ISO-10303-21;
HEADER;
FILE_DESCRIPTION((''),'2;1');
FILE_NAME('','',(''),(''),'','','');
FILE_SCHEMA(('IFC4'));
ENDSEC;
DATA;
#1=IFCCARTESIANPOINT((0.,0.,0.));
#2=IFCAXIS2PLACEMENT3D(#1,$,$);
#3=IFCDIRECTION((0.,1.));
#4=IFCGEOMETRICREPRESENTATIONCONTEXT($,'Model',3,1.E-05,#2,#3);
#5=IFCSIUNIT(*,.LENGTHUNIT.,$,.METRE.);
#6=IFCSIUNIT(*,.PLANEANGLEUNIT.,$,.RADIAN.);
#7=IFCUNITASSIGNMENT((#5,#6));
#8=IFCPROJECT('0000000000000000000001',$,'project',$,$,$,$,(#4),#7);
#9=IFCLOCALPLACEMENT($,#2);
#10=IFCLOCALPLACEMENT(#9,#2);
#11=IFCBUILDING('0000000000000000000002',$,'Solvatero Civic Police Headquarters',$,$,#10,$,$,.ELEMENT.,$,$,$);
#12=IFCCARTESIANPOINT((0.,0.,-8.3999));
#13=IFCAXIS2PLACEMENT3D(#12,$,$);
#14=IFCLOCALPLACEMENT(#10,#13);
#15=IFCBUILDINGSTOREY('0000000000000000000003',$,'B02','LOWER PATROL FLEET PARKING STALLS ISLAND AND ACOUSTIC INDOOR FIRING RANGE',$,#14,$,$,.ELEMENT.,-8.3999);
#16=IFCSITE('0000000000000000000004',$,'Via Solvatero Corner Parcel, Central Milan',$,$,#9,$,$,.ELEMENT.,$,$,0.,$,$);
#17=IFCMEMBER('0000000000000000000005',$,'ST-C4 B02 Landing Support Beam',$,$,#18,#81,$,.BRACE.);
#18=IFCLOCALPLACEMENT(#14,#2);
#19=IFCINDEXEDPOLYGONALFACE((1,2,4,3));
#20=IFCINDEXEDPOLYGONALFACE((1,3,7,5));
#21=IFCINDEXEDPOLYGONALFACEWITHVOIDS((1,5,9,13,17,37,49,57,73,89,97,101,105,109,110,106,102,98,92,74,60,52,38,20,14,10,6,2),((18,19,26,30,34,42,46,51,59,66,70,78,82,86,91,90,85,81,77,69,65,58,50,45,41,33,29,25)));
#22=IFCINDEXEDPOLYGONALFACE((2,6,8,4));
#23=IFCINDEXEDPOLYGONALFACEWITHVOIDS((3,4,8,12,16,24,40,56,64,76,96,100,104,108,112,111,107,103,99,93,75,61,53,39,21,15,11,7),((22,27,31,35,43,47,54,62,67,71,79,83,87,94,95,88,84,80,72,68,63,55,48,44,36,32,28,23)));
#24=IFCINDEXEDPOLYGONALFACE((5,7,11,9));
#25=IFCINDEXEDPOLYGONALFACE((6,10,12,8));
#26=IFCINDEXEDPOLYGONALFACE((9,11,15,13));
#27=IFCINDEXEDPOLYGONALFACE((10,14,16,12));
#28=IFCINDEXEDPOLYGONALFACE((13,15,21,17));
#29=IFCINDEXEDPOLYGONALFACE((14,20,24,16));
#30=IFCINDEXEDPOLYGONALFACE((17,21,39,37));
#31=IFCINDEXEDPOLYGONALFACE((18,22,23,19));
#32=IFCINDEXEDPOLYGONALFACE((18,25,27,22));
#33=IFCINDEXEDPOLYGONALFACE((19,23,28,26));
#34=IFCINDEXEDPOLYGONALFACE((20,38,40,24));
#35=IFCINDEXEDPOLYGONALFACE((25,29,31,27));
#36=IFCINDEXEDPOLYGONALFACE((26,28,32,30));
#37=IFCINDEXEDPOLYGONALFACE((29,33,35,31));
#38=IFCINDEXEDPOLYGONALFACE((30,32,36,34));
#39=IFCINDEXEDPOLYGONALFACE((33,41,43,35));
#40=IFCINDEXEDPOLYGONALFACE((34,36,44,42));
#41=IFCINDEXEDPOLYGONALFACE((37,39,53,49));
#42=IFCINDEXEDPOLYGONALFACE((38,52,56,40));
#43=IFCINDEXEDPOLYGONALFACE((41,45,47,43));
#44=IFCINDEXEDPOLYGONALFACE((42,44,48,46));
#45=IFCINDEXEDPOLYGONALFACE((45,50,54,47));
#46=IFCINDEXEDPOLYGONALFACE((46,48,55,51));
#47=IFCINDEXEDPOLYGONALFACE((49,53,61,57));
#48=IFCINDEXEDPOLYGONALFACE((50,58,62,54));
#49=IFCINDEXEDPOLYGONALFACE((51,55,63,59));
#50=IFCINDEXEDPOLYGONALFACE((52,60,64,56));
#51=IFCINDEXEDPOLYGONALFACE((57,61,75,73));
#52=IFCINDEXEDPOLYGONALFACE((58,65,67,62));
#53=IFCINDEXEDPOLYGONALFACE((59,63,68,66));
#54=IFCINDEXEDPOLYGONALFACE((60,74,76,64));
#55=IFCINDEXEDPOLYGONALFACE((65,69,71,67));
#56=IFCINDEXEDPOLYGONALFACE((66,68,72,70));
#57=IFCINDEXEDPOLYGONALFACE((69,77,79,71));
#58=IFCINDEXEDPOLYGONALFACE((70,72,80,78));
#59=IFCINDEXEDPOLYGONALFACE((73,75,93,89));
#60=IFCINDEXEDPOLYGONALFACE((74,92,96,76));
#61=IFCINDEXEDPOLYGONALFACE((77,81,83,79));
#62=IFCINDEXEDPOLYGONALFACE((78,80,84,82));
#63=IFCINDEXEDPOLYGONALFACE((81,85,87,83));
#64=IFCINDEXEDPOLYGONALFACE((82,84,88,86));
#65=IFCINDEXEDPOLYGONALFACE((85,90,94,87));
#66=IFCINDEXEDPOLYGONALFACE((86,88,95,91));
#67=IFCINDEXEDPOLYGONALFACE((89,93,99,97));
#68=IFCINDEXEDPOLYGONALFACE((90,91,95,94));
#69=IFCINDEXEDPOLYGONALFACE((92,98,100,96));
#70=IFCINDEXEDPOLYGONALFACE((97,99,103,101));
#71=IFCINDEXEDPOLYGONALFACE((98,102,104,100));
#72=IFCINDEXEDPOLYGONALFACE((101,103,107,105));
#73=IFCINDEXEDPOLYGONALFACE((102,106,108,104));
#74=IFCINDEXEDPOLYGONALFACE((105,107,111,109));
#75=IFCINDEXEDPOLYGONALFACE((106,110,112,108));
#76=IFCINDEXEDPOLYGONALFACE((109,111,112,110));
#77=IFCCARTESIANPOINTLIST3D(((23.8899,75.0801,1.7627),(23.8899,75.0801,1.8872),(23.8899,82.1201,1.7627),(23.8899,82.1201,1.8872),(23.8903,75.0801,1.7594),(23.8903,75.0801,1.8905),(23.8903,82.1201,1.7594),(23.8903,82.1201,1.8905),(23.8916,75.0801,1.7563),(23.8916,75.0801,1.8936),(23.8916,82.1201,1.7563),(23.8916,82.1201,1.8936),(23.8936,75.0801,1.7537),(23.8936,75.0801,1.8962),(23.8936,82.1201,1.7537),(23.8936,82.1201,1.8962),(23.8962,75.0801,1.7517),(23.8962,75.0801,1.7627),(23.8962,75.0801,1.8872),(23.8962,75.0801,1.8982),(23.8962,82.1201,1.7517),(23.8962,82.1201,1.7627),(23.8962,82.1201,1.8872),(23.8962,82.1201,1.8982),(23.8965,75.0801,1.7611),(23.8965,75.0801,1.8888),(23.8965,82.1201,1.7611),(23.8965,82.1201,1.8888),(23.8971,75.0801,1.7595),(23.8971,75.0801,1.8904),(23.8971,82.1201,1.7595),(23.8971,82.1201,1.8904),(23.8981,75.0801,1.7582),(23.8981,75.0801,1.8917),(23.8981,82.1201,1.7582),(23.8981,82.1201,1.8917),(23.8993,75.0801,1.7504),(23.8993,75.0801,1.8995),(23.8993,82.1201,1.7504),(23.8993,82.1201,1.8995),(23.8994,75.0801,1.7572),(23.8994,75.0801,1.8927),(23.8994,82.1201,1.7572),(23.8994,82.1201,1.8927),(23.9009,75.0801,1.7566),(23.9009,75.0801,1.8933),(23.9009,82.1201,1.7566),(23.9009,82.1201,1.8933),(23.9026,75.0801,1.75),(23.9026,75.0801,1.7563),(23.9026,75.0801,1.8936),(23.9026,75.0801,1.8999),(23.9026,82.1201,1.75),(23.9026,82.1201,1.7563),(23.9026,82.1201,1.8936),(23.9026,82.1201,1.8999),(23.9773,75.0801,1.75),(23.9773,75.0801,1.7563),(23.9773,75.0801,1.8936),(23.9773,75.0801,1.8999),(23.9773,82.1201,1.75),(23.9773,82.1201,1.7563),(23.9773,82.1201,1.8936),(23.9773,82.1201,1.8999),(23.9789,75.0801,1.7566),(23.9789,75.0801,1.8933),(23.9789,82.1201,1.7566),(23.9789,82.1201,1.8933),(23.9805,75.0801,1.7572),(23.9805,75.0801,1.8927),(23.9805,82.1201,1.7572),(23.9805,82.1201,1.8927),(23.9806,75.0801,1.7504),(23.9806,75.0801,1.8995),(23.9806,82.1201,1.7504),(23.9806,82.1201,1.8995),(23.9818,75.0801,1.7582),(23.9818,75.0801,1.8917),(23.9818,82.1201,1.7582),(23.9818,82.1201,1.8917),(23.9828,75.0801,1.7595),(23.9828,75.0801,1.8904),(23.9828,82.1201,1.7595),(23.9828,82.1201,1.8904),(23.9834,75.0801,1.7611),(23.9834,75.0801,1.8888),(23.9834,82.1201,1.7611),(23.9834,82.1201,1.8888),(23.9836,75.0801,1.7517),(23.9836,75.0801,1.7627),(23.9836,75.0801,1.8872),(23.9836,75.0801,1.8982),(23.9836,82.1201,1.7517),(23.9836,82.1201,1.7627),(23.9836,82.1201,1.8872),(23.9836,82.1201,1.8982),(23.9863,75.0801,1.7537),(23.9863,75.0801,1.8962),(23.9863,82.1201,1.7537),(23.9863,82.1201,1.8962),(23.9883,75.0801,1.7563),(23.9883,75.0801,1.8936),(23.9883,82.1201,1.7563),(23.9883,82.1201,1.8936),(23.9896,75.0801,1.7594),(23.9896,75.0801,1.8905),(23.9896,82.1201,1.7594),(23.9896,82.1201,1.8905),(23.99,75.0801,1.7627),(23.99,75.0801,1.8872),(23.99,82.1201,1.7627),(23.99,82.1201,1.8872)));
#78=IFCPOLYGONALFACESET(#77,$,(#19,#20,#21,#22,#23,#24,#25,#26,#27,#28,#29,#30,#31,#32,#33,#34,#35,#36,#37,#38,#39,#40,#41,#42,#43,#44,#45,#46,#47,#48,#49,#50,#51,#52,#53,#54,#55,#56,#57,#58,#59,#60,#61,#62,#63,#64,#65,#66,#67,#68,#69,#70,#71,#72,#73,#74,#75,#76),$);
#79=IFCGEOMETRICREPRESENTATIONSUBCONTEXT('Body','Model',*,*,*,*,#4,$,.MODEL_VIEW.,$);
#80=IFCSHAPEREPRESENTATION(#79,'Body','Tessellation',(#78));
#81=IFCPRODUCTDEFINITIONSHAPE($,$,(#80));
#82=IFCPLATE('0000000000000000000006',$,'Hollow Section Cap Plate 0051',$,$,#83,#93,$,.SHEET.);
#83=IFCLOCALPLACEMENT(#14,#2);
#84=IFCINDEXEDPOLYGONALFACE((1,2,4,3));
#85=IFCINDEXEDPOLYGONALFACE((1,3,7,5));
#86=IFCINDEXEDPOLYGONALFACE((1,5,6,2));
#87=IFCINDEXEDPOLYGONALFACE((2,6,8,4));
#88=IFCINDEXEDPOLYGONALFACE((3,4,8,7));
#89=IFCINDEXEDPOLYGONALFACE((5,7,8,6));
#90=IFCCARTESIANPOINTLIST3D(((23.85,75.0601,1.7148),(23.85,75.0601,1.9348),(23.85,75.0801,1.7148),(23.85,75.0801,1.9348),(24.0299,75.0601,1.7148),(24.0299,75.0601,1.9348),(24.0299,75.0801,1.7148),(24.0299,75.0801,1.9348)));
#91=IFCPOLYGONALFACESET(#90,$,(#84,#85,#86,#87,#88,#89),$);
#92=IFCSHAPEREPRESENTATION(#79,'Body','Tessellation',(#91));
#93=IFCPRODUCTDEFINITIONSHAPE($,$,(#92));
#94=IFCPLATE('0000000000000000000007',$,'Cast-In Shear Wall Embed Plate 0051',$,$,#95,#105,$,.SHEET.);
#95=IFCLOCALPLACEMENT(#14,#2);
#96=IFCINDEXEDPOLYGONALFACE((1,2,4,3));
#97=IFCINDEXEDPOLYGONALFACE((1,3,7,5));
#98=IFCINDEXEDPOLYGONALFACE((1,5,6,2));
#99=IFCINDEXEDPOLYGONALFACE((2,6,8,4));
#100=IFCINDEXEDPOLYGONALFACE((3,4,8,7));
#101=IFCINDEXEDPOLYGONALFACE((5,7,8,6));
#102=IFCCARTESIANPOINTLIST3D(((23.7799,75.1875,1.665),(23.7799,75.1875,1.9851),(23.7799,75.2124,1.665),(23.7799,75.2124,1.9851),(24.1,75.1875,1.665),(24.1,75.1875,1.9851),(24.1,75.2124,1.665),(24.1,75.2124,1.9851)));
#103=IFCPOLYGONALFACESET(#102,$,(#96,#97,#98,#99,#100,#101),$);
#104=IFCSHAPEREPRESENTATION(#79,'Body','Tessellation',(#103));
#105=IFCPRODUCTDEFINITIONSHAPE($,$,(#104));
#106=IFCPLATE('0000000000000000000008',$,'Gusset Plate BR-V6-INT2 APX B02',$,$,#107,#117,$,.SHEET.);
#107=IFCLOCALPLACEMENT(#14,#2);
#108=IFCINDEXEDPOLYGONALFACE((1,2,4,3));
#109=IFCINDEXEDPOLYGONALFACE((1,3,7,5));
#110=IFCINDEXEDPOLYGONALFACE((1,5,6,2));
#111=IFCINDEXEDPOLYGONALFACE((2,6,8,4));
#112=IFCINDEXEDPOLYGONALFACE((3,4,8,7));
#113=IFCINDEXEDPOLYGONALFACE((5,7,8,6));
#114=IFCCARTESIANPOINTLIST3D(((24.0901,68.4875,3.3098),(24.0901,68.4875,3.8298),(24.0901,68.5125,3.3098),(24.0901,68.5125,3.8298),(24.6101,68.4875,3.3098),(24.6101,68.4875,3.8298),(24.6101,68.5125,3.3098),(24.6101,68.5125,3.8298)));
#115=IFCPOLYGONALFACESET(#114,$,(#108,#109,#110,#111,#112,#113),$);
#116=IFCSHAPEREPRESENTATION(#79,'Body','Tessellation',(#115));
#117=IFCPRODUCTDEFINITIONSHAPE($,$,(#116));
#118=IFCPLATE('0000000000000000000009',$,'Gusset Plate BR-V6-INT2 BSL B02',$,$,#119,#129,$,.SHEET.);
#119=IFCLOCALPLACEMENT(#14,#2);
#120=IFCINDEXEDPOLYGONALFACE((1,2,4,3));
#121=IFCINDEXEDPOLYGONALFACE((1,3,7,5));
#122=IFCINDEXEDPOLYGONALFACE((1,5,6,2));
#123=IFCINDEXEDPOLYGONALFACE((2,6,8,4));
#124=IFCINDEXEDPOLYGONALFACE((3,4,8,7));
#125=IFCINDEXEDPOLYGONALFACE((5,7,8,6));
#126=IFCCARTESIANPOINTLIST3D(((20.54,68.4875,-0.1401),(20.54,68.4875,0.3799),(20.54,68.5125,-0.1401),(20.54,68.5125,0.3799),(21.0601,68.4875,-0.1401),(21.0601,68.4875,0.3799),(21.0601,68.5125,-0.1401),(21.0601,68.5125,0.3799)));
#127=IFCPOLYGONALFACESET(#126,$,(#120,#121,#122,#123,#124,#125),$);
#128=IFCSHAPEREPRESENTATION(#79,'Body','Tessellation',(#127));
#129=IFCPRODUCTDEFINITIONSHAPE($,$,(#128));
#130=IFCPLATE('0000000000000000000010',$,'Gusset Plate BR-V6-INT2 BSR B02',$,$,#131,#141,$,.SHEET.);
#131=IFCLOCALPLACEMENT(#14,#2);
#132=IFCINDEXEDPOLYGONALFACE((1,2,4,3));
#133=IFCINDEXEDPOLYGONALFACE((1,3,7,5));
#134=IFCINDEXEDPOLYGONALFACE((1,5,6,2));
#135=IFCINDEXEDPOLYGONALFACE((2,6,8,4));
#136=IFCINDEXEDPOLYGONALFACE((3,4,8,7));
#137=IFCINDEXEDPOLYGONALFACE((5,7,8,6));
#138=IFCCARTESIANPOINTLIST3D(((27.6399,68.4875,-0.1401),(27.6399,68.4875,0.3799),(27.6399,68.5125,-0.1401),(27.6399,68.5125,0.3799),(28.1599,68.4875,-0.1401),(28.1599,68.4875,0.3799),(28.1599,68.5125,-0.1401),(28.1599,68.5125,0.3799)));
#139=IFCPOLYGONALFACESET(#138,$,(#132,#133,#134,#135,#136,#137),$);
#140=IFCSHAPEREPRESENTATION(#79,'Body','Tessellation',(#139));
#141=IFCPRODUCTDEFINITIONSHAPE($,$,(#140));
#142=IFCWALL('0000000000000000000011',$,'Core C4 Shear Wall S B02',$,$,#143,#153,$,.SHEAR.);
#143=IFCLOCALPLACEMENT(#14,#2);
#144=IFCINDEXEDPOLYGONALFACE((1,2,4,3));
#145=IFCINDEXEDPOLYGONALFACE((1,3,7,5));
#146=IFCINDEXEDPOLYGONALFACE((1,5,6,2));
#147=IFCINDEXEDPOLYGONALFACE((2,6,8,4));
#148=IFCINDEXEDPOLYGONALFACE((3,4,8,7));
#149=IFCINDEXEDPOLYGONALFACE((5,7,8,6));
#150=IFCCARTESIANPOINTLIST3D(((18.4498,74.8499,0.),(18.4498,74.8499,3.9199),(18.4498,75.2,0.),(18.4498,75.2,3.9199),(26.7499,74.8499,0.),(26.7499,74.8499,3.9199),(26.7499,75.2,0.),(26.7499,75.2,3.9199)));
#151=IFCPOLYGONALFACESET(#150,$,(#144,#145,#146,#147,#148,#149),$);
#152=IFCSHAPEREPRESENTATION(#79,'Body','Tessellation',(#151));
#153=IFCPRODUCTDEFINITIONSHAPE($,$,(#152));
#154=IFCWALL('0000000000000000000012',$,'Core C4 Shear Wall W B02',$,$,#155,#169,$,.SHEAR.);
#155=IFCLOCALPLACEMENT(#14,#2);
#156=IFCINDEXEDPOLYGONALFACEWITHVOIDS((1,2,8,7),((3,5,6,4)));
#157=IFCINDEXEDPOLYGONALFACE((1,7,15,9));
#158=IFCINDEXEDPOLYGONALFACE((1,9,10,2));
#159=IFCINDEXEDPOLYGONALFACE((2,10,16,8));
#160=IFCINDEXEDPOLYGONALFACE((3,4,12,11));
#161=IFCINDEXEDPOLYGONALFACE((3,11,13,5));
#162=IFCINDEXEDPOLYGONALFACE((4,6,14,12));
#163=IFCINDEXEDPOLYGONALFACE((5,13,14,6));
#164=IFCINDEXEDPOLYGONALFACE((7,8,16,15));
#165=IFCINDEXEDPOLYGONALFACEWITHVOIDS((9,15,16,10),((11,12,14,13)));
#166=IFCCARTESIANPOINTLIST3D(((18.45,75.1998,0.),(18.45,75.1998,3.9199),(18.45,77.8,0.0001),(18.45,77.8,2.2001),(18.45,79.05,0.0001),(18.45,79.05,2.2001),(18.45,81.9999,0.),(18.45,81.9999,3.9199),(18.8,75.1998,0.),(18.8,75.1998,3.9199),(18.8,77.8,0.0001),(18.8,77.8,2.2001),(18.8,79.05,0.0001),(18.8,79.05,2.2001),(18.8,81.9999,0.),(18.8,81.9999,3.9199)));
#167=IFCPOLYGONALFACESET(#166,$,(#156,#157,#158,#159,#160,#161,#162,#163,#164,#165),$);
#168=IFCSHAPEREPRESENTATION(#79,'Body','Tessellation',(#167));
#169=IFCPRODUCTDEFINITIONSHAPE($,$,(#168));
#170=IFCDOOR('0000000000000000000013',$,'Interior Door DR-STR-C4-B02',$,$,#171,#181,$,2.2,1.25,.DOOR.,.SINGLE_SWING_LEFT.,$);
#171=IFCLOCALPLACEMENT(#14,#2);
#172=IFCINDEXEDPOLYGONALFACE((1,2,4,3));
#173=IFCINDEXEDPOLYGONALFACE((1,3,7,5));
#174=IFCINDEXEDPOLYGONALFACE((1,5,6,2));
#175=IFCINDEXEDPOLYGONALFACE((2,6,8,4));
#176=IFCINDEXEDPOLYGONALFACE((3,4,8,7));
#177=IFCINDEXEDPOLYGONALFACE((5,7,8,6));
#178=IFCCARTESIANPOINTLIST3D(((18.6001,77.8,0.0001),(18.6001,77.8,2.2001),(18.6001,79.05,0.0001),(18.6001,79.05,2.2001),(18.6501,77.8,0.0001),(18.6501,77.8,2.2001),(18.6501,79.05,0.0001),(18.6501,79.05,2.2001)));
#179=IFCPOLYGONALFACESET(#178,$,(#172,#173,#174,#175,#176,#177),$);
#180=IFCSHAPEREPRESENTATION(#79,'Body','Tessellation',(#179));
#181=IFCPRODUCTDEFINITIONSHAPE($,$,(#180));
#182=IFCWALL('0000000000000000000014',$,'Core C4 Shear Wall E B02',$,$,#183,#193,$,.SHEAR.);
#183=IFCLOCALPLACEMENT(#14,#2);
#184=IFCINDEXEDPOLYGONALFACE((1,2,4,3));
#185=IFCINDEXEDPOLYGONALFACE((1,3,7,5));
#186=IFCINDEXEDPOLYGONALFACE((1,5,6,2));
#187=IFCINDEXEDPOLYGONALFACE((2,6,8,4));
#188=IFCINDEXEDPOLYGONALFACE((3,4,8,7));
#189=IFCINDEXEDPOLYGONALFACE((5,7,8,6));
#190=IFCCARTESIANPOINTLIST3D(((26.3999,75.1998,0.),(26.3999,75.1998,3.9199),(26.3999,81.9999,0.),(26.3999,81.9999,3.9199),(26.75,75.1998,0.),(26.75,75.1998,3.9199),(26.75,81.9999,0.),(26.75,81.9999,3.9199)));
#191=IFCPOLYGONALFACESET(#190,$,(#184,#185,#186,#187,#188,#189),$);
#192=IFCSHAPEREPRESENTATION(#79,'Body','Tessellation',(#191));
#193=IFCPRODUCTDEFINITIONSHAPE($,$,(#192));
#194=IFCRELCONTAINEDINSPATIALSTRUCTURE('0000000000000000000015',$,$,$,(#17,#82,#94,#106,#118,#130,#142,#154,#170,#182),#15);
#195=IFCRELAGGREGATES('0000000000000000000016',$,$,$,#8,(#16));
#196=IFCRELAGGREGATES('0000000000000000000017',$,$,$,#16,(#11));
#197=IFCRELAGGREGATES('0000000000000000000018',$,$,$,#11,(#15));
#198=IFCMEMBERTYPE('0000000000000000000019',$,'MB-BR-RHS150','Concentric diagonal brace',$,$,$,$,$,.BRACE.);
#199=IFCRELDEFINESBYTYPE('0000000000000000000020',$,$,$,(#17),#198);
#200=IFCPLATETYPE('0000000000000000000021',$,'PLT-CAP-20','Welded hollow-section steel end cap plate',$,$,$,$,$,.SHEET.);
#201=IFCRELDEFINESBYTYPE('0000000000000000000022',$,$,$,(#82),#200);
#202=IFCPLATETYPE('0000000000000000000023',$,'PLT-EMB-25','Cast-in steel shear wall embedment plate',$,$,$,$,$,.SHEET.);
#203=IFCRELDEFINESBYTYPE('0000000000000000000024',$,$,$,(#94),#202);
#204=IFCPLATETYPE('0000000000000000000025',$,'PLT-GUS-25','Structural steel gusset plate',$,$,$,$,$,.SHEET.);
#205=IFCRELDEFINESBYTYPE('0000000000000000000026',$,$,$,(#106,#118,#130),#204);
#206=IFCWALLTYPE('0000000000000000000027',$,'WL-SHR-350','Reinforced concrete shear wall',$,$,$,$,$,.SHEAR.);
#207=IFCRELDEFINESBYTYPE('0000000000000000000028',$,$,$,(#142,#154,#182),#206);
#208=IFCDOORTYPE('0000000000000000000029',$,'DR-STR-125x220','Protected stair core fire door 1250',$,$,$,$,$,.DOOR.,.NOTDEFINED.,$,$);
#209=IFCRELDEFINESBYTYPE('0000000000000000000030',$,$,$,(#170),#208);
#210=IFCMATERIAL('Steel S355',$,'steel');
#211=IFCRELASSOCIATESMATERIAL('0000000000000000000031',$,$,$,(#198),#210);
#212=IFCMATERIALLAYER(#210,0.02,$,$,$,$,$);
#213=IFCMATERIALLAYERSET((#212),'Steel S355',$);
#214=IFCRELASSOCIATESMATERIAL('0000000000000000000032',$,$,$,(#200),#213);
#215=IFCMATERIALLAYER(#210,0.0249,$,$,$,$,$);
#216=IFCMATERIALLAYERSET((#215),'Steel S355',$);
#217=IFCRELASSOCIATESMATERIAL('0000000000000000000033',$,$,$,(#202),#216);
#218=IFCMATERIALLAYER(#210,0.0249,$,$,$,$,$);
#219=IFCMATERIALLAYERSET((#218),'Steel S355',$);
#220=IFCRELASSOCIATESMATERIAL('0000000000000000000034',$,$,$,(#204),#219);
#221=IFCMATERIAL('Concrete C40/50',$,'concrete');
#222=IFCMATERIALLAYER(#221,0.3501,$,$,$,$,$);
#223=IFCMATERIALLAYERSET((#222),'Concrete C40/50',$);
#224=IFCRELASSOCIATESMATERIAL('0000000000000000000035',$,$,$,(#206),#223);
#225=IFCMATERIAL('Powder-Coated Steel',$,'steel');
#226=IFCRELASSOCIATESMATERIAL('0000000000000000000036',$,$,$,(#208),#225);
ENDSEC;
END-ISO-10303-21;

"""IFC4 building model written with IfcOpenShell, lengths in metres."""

from ifc_helpers import new_model, si_unit, direction, frame, frame_2d, origin, origin_2d, place, context, subcontext, project, spatial, rectangle, hollow_rectangle, extrude, material, layer, layer_set, material_profile, profile_set, type_object, element, fill, save


model = new_model("IFC4")

# Units and contexts
model_context = context("Model", 3, precision=1e-05, world=origin(), true_north=direction((0.0, 1.0)))
body_context = subcontext(model_context, "Body", "Model", "MODEL_VIEW")
ifc_project = project(units=[si_unit("LENGTHUNIT", "METRE"), si_unit("PLANEANGLEUNIT", "RADIAN")], contexts=[model_context])

# Site, building, storey
site_placement = place(None, origin())
site = spatial("IfcSite", under=ifc_project, at=site_placement, Name="Via Solvatero Corner Parcel, Central Milan", CompositionType="ELEMENT", RefElevation=0.0)
building_placement = place(site_placement, origin())
building = spatial("IfcBuilding", under=site, at=building_placement, Name="Solvatero Civic Police Headquarters", CompositionType="ELEMENT")
storey_placement = place(building_placement, frame((0.0, 0.0, -8.3999)))
storey = spatial("IfcBuildingStorey", under=building, at=storey_placement, Name="B02", Description="LOWER PATROL FLEET PARKING STALLS ISLAND AND ACOUSTIC INDOOR FIRING RANGE", CompositionType="ELEMENT", Elevation=-8.3999)

# Shared definitions
ifc_material_1 = material(Name="Concrete C40/50", Category="concrete")

# Member
ifc_material_2 = material(Name="Steel S355", Category="steel")
ifc_material_profile_1 = material_profile(ifc_material_2, hollow_rectangle(XDim=0.1001, YDim=0.1499, WallThickness=0.0063, InnerFilletRadius=0.0063, OuterFilletRadius=0.0127, at=origin_2d()), Name="RHS 150x100x6.3")
ifc_profile_set_1 = profile_set([ifc_material_profile_1], Name="Steel S355")
member_type_1 = type_object("IfcMemberType", Name="MB-BR-RHS150", Description="Concentric diagonal brace", PredefinedType="BRACE", material=ifc_profile_set_1)
member_placement = place(storey_placement, frame((23.9399, 75.0801, 1.825), z_axis=(0.0, 1.0, 0.0), x_axis=(-1.0, 0.0, 0.0)))
element("IfcMember", 1, at=member_placement, inside=storey, type_object=member_type_1, Name="ST-C4 B02 Landing Support Beam", PredefinedType="BRACE", context=body_context, shape_type="SweptSolid", body=[
    extrude(hollow_rectangle(XDim=0.1001, YDim=0.1499, WallThickness=0.0063, InnerFilletRadius=0.0063, OuterFilletRadius=0.0127, at=origin_2d()), origin(), (0.0, 0.0, 1.0), 7.04),
])

# Plates
ifc_layer_1 = layer(ifc_material_2, 0.02)
ifc_layer_set_1 = layer_set([ifc_layer_1], Name="Steel S355")
plate_type_1 = type_object("IfcPlateType", Name="PLT-CAP-20", Description="Welded hollow-section steel end cap plate", PredefinedType="SHEET", material=ifc_layer_set_1)
plate_1_placement = place(storey_placement, frame((23.9399, 75.0701, 1.7148), z_axis=(0.0, 0.0, 1.0), x_axis=(1.0, 0.0, 0.0)))
element("IfcPlate", 2, at=plate_1_placement, inside=storey, type_object=plate_type_1, Name="Hollow Section Cap Plate 0051", PredefinedType="SHEET", context=body_context, shape_type="SweptSolid", body=[
    extrude(rectangle(XDim=0.1799, YDim=0.02, at=origin_2d()), origin(), (0.0, 0.0, 1.0), 0.22),
])
ifc_layer_2 = layer(ifc_material_2, 0.0249)
ifc_layer_set_2 = layer_set([ifc_layer_2], Name="Steel S355")
plate_type_2 = type_object("IfcPlateType", Name="PLT-EMB-25", Description="Cast-in steel shear wall embedment plate", PredefinedType="SHEET", material=ifc_layer_set_2)
plate_2_placement = place(storey_placement, frame((23.9399, 75.2, 1.665), z_axis=(0.0, 0.0, 1.0), x_axis=(1.0, 0.0, 0.0)))
element("IfcPlate", 3, at=plate_2_placement, inside=storey, type_object=plate_type_2, Name="Cast-In Shear Wall Embed Plate 0051", PredefinedType="SHEET", context=body_context, shape_type="SweptSolid", body=[
    extrude(rectangle(XDim=0.3201, YDim=0.0249, at=origin_2d()), origin(), (0.0, 0.0, 1.0), 0.3201),
])
ifc_layer_3 = layer(ifc_material_2, 0.0249)
ifc_layer_set_3 = layer_set([ifc_layer_3], Name="Steel S355")
plate_type_3 = type_object("IfcPlateType", Name="PLT-GUS-25", Description="Structural steel gusset plate", PredefinedType="SHEET", material=ifc_layer_set_3)
for number, where, z_axis, x_axis, name in (
    (4, (24.3501, 68.5, 3.3098), (0.0, 0.0, 1.0), (1.0, 0.0, 0.0), "Gusset Plate BR-V6-INT2 APX B02"),
    (5, (20.8, 68.5, -0.1401), (0.0, 0.0, 1.0), (1.0, 0.0, 0.0), "Gusset Plate BR-V6-INT2 BSL B02"),
    (6, (27.8999, 68.5, -0.1401), (0.0, 0.0, 1.0), (1.0, 0.0, 0.0), "Gusset Plate BR-V6-INT2 BSR B02"),
):
    element("IfcPlate", number, at=place(storey_placement, frame(where, z_axis=z_axis, x_axis=x_axis)), inside=storey, type_object=plate_type_3, Name=name, PredefinedType="SHEET", context=body_context, shape_type="SweptSolid", body=[
        extrude(rectangle(XDim=0.52, YDim=0.0249, at=origin_2d()), origin(), (0.0, 0.0, 1.0), 0.52),
    ])

# Wall
ifc_layer_4 = layer(ifc_material_1, 0.3501)
ifc_layer_set_4 = layer_set([ifc_layer_4], Name="Concrete C40/50")
wall_type = type_object("IfcWallType", Name="WL-SHR-350", Description="Reinforced concrete shear wall", PredefinedType="SHEAR", material=ifc_layer_set_4)
wall_1_placement = place(storey_placement, frame((18.45, 75.0249, 0.0), z_axis=(0.0, 0.0, 1.0), x_axis=(1.0, 0.0, 0.0)))
element("IfcWall", 7, at=wall_1_placement, inside=storey, type_object=wall_type, Name="Core C4 Shear Wall S B02", PredefinedType="SHEAR", context=body_context, shape_type="SweptSolid", body=[
    extrude(rectangle(XDim=8.3, YDim=0.3501, at=frame_2d((4.1499, 0.0))), origin(), (0.0, 0.0, 1.0), 3.9199),
])

# Wall, opening, door
wall_2_placement = place(storey_placement, frame((18.625, 75.2, 0.0), z_axis=(0.0, 0.0, 1.0), x_axis=(0.0, 1.0, 0.0)))
wall_2 = element("IfcWall", 8, at=wall_2_placement, inside=storey, type_object=wall_type, Name="Core C4 Shear Wall W B02", PredefinedType="SHEAR", context=body_context, shape_type="SweptSolid", body=[
    extrude(rectangle(XDim=6.8, YDim=0.3501, at=frame_2d((3.3999, 0.0))), origin(), (0.0, 0.0, 1.0), 3.9199),
])
opening_placement = place(wall_2_placement, frame((2.6001, 0.0, 0.0)))
opening = element("IfcOpeningElement", 9, at=opening_placement, cuts=wall_2, PredefinedType="OPENING", context=body_context, shape_type="SweptSolid", body=[
    extrude(rectangle(XDim=1.25, YDim=2.2, at=frame_2d((0.625, 1.1001))), frame((0.0, 0.1851, 0.0), z_axis=(0.0, -1.0, 0.0), x_axis=(1.0, 0.0, 0.0)), (0.0, 0.0, 1.0), 0.3701),
])
ifc_material_3 = material(Name="Powder-Coated Steel", Category="steel")
door_type = type_object("IfcDoorType", Name="DR-STR-125x220", Description="Protected stair core fire door 1250", OperationType="NOTDEFINED", PredefinedType="DOOR", material=ifc_material_3)
door_placement = place(opening_placement, origin())
door = element("IfcDoor", 10, at=door_placement, inside=storey, type_object=door_type, Name="Interior Door DR-STR-C4-B02", OperationType="SINGLE_SWING_LEFT", OverallHeight=2.2, OverallWidth=1.25, PredefinedType="DOOR", context=body_context, shape_type="SweptSolid", body=[
    extrude(rectangle(XDim=1.25, YDim=2.2, at=frame_2d((0.625, 1.1001))), frame((0.0, 0.0249, 0.0), z_axis=(0.0, -1.0, 0.0), x_axis=(1.0, 0.0, 0.0)), (0.0, 0.0, 1.0), 0.05),
])
fill(opening, door)

# Wall
wall_3_placement = place(storey_placement, frame((26.575, 75.2, 0.0), z_axis=(0.0, 0.0, 1.0), x_axis=(0.0, 1.0, 0.0)))
element("IfcWall", 11, at=wall_3_placement, inside=storey, type_object=wall_type, Name="Core C4 Shear Wall E B02", PredefinedType="SHEAR", context=body_context, shape_type="SweptSolid", body=[
    extrude(rectangle(XDim=6.8, YDim=0.3501, at=frame_2d((3.3999, 0.0))), origin(), (0.0, 0.0, 1.0), 3.9199),
])

save(model, "model.ifc")
